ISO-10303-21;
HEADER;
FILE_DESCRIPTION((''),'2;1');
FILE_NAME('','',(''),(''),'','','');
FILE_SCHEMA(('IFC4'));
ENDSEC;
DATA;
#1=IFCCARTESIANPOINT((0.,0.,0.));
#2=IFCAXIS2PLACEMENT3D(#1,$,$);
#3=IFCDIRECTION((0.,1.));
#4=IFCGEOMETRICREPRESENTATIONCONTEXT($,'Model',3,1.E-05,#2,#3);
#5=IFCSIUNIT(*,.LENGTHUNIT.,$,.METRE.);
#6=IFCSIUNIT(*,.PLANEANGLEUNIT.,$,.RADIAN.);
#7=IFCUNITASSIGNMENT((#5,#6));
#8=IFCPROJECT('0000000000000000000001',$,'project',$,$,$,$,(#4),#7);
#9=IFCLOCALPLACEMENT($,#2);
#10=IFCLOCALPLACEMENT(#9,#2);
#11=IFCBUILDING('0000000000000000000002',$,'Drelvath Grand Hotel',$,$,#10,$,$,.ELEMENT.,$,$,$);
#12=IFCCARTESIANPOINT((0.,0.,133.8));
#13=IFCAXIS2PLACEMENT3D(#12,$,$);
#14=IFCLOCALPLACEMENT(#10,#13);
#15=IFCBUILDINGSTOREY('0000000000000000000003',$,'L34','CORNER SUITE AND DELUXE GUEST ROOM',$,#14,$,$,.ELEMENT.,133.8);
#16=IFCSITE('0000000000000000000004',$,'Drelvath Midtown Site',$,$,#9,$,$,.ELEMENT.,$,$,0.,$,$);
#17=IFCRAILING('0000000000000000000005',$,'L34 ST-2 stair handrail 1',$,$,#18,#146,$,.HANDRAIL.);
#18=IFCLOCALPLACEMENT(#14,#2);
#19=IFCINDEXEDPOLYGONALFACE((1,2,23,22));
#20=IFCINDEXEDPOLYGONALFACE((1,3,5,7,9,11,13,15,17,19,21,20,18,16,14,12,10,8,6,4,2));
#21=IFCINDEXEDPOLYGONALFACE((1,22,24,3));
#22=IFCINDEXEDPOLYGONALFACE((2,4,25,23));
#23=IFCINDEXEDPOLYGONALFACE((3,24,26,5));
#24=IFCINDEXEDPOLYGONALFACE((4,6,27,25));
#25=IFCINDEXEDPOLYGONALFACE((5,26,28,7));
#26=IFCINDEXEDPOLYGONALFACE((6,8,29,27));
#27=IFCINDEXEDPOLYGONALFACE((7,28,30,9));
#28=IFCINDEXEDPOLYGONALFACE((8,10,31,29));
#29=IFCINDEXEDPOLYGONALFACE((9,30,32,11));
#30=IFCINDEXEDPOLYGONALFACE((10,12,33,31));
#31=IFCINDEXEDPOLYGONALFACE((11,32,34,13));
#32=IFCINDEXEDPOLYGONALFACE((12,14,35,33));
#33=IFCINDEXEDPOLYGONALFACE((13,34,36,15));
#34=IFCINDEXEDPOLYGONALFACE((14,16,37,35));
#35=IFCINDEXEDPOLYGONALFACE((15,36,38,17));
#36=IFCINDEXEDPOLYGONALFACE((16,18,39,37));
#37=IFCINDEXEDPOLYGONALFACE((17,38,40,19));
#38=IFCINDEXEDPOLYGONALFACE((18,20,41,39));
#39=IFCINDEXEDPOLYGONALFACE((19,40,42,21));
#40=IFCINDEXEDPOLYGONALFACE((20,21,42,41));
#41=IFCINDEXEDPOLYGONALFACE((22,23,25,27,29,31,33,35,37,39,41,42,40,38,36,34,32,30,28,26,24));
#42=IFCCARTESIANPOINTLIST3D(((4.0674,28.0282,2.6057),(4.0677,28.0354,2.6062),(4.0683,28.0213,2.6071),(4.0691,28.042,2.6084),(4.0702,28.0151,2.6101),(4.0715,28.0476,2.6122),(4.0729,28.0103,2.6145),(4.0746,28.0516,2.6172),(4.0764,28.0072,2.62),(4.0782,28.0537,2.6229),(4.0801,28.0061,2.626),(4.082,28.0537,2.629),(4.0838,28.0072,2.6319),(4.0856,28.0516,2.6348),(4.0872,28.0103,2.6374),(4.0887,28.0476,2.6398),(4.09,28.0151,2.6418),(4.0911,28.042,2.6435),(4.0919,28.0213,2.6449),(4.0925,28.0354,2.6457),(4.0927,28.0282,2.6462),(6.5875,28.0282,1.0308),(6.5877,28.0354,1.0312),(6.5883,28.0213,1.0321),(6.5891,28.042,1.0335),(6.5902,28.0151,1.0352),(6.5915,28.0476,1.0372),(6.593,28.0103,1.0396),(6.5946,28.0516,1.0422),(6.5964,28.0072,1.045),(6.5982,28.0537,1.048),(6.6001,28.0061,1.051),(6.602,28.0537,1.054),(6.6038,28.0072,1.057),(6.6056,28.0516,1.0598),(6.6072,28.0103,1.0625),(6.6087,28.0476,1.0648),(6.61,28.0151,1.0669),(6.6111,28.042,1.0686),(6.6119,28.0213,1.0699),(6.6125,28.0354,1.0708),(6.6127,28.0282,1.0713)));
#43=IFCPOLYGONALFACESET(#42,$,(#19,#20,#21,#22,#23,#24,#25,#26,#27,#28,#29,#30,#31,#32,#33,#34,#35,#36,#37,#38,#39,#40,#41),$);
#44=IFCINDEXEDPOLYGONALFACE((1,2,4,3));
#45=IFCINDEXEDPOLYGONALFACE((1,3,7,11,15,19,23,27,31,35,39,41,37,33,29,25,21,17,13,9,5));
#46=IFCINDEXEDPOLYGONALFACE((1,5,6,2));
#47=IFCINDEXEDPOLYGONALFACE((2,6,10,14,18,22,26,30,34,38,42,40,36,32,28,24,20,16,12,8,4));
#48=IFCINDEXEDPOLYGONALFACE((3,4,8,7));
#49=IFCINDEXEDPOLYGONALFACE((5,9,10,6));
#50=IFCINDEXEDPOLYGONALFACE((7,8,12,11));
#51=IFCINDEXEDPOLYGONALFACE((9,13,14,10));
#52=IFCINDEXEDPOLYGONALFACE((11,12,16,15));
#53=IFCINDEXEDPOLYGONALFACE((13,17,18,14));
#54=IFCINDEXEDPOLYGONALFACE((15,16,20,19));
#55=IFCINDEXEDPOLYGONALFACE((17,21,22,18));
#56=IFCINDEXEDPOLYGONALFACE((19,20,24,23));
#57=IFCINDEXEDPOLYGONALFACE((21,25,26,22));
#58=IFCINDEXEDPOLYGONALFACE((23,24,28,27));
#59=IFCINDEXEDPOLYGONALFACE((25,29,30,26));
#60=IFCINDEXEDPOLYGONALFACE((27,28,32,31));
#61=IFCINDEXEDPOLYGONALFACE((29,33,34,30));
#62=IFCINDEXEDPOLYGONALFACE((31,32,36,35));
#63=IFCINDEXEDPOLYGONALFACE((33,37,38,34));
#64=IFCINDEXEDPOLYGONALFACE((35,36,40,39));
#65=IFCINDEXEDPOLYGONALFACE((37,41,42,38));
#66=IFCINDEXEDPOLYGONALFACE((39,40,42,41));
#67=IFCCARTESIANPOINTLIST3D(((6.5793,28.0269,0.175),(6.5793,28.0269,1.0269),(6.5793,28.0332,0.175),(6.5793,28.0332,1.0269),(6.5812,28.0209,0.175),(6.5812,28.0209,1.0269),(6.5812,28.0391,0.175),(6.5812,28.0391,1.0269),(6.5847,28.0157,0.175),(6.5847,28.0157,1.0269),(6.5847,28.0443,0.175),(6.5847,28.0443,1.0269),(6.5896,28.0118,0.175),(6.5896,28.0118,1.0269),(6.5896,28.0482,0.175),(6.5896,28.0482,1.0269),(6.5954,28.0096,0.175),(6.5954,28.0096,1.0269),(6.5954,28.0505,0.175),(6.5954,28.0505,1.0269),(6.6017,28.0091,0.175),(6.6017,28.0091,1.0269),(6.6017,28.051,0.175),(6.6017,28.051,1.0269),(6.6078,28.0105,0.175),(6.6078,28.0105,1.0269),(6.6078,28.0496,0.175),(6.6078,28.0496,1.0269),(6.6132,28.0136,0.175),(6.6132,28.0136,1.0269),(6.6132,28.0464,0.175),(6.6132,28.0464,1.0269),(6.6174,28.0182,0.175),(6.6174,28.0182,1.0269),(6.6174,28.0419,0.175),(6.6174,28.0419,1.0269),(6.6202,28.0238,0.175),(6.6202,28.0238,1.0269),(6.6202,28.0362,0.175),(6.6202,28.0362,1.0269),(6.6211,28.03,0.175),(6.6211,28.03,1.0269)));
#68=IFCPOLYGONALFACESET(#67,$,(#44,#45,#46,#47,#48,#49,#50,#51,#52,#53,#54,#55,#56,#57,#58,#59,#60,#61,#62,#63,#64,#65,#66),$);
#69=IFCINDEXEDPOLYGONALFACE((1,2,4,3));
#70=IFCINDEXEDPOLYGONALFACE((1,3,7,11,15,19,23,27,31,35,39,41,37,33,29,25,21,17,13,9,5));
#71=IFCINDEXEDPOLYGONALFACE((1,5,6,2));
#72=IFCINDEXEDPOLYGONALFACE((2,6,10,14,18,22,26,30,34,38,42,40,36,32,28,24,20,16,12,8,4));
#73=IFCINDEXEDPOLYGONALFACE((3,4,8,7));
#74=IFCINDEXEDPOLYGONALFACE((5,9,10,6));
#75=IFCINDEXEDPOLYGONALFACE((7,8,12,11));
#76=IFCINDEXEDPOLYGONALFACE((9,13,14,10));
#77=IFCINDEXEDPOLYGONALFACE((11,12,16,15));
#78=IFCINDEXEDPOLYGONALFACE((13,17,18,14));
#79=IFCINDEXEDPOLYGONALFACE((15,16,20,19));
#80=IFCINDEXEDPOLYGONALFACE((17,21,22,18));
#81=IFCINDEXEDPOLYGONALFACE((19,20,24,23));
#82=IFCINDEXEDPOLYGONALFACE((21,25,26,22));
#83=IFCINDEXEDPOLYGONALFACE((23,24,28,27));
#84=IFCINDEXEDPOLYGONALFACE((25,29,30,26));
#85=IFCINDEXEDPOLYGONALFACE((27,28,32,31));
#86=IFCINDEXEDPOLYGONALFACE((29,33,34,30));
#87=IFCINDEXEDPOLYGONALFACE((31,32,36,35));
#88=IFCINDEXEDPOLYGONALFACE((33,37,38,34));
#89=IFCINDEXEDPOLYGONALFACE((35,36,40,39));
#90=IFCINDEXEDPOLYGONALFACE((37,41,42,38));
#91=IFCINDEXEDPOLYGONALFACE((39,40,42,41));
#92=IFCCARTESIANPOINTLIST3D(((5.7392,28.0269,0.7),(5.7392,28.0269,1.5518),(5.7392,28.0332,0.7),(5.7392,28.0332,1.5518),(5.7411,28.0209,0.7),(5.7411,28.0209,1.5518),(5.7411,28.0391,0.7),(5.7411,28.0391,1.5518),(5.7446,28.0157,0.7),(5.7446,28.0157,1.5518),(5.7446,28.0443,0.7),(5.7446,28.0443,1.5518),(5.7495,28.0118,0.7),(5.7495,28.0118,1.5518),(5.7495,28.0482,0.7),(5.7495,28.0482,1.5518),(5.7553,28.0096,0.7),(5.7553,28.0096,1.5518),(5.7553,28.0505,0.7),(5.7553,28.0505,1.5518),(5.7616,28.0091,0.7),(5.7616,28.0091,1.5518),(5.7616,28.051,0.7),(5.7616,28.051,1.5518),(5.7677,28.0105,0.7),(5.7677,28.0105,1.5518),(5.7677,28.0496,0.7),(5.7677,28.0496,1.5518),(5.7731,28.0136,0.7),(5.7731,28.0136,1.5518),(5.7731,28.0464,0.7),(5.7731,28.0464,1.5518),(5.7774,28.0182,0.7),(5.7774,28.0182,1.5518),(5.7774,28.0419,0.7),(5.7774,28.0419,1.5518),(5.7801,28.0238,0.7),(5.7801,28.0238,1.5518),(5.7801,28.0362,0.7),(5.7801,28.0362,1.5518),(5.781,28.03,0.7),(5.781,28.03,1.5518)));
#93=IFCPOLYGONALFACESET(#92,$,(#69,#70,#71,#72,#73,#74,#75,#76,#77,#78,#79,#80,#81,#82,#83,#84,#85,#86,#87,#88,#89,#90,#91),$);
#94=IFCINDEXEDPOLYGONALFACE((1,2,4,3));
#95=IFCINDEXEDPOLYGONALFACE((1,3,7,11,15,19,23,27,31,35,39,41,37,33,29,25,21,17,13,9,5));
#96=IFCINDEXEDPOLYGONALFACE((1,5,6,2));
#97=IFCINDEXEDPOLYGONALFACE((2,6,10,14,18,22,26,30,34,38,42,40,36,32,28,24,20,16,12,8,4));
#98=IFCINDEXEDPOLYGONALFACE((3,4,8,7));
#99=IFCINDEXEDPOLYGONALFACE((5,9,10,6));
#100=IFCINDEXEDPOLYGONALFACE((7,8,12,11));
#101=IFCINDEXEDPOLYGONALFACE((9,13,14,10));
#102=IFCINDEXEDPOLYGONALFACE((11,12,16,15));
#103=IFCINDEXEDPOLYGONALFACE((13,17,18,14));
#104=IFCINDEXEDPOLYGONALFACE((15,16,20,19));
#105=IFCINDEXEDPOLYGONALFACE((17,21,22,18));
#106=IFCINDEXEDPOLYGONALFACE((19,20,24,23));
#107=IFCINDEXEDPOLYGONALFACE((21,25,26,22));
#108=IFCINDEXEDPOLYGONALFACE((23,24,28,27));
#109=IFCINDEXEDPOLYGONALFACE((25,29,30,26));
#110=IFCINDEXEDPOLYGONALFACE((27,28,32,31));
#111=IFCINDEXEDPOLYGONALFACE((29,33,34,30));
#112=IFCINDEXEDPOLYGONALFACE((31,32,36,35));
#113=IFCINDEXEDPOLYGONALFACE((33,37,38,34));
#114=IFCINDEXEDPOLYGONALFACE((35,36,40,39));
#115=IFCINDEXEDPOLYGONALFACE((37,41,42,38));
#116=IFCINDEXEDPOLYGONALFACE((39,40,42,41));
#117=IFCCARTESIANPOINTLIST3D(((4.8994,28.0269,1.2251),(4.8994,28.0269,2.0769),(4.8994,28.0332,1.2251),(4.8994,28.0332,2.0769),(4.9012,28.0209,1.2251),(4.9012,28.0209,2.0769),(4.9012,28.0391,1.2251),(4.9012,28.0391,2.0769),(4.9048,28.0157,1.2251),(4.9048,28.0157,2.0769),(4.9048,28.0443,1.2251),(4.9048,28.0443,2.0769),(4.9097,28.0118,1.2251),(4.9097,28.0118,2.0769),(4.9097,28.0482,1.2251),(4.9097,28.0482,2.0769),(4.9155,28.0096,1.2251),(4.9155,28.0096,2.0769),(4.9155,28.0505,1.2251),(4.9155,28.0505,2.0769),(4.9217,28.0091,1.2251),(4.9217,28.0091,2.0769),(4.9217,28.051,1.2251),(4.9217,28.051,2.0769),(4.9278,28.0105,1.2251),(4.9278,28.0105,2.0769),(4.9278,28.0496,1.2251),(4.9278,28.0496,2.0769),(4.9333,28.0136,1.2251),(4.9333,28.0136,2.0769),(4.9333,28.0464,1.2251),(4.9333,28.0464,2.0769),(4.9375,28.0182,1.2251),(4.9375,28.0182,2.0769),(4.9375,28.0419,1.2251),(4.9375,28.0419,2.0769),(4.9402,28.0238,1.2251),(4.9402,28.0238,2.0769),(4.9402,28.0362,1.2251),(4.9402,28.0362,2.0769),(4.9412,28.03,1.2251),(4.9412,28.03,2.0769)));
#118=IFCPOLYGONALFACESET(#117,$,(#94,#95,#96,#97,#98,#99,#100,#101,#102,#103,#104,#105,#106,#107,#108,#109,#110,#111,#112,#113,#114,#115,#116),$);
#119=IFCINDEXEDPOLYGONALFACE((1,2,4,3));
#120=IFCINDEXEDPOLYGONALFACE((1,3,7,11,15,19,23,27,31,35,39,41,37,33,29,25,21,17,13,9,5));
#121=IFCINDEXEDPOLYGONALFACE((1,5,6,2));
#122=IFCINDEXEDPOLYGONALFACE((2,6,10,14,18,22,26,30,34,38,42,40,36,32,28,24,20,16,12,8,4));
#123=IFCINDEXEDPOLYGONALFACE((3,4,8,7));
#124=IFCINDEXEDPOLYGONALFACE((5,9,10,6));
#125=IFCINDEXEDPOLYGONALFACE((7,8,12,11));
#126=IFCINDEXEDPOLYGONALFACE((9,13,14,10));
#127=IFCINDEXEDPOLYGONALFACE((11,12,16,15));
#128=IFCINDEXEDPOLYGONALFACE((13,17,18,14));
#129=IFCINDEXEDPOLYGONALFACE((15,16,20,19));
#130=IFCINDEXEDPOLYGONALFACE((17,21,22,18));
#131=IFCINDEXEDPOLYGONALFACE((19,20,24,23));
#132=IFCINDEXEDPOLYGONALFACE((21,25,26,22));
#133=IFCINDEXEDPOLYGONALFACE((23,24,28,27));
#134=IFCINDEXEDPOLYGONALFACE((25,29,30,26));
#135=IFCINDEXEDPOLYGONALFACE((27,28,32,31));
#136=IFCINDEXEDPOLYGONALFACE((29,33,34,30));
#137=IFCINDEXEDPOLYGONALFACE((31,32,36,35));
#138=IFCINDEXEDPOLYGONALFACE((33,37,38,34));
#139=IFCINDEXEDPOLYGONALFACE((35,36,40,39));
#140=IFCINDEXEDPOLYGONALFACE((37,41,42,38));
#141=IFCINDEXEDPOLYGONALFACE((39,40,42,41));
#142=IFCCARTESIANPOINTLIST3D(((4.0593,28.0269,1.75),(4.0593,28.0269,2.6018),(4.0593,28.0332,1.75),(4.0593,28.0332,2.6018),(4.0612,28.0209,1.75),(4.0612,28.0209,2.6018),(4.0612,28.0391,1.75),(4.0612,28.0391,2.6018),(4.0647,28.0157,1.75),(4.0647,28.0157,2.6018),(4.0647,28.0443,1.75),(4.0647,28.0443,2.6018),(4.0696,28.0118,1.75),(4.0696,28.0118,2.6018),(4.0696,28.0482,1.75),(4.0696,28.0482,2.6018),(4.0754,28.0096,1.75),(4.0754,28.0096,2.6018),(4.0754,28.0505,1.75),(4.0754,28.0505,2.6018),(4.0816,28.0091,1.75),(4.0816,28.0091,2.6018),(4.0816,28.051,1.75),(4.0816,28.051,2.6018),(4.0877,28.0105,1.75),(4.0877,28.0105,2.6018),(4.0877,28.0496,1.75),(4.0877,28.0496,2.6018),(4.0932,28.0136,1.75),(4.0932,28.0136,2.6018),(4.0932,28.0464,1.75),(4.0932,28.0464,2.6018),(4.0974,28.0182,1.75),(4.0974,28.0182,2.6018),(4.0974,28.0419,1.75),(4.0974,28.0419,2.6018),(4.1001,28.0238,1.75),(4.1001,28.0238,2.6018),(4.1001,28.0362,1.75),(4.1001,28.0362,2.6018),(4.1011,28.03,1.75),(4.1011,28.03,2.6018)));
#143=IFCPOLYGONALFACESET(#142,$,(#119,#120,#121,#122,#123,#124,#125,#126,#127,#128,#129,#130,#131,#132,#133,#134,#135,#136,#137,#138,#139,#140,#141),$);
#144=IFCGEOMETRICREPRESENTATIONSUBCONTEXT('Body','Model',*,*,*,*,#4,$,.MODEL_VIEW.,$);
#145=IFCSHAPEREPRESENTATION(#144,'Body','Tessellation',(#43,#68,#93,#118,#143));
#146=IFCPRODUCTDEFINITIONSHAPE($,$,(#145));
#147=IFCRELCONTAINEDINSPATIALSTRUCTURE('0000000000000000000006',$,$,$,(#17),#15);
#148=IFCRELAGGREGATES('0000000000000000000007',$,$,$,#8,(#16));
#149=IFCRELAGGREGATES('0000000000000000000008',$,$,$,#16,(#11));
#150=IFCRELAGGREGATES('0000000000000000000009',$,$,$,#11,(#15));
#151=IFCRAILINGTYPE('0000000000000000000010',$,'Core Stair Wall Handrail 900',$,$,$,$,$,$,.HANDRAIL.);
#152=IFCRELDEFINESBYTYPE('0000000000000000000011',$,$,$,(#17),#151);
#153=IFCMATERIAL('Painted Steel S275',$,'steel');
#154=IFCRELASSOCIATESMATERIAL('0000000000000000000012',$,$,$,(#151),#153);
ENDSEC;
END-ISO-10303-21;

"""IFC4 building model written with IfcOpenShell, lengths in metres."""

from ifc_helpers import new_model, si_unit, direction, frame, origin, origin_2d, place, context, subcontext, project, spatial, circle, extrude, material, type_object, element, save


model = new_model("IFC4")

# Units and contexts
model_context = context("Model", 3, precision=1e-05, world=origin(), true_north=direction((0.0, 1.0)))
body_context = subcontext(model_context, "Body", "Model", "MODEL_VIEW")
ifc_project = project(units=[si_unit("LENGTHUNIT", "METRE"), si_unit("PLANEANGLEUNIT", "RADIAN")], contexts=[model_context])

# Site, building, storey
site_placement = place(None, origin())
site = spatial("IfcSite", under=ifc_project, at=site_placement, Name="Drelvath Midtown Site", CompositionType="ELEMENT", RefElevation=0.0)
building_placement = place(site_placement, origin())
building = spatial("IfcBuilding", under=site, at=building_placement, Name="Drelvath Grand Hotel", CompositionType="ELEMENT")
storey_placement = place(building_placement, frame((0.0, 0.0, 133.8)))
storey = spatial("IfcBuildingStorey", under=building, at=storey_placement, Name="L34", Description="CORNER SUITE AND DELUXE GUEST ROOM", CompositionType="ELEMENT", Elevation=133.8)

# Shared definitions
ifc_material_1 = material(Name="Painted Steel S275", Category="steel")

# Railing
railing_type = type_object("IfcRailingType", Name="Core Stair Wall Handrail 900", PredefinedType="HANDRAIL", material=ifc_material_1)
railing_placement = place(storey_placement, frame((6.6001, 28.03, 0.175)))
element("IfcRailing", 1, at=railing_placement, inside=storey, type_object=railing_type, Name="L34 ST-2 stair handrail 1", PredefinedType="HANDRAIL", context=body_context, shape_type="SweptSolid", body=[
    extrude(circle(Radius=0.0239, at=origin_2d()), frame((0.0, 0.0, 0.876), z_axis=(-0.848008, 0.0, 0.529984), x_axis=(0.0, -1.0, 0.0)), (0.0, 0.0, 1.0), 2.9717),
    extrude(circle(Radius=0.021, at=origin_2d()), origin(), (0.0, 0.0, 1.0), 0.8518),
    extrude(circle(Radius=0.021, at=origin_2d()), frame((-0.8401, 0.0, 0.5249)), (0.0, 0.0, 1.0), 0.8518),
    extrude(circle(Radius=0.021, at=origin_2d()), frame((-1.6799, 0.0, 1.05)), (0.0, 0.0, 1.0), 0.8518),
    extrude(circle(Radius=0.021, at=origin_2d()), frame((-2.52, 0.0, 1.575)), (0.0, 0.0, 1.0), 0.8518),
])

save(model, "model.ifc")
